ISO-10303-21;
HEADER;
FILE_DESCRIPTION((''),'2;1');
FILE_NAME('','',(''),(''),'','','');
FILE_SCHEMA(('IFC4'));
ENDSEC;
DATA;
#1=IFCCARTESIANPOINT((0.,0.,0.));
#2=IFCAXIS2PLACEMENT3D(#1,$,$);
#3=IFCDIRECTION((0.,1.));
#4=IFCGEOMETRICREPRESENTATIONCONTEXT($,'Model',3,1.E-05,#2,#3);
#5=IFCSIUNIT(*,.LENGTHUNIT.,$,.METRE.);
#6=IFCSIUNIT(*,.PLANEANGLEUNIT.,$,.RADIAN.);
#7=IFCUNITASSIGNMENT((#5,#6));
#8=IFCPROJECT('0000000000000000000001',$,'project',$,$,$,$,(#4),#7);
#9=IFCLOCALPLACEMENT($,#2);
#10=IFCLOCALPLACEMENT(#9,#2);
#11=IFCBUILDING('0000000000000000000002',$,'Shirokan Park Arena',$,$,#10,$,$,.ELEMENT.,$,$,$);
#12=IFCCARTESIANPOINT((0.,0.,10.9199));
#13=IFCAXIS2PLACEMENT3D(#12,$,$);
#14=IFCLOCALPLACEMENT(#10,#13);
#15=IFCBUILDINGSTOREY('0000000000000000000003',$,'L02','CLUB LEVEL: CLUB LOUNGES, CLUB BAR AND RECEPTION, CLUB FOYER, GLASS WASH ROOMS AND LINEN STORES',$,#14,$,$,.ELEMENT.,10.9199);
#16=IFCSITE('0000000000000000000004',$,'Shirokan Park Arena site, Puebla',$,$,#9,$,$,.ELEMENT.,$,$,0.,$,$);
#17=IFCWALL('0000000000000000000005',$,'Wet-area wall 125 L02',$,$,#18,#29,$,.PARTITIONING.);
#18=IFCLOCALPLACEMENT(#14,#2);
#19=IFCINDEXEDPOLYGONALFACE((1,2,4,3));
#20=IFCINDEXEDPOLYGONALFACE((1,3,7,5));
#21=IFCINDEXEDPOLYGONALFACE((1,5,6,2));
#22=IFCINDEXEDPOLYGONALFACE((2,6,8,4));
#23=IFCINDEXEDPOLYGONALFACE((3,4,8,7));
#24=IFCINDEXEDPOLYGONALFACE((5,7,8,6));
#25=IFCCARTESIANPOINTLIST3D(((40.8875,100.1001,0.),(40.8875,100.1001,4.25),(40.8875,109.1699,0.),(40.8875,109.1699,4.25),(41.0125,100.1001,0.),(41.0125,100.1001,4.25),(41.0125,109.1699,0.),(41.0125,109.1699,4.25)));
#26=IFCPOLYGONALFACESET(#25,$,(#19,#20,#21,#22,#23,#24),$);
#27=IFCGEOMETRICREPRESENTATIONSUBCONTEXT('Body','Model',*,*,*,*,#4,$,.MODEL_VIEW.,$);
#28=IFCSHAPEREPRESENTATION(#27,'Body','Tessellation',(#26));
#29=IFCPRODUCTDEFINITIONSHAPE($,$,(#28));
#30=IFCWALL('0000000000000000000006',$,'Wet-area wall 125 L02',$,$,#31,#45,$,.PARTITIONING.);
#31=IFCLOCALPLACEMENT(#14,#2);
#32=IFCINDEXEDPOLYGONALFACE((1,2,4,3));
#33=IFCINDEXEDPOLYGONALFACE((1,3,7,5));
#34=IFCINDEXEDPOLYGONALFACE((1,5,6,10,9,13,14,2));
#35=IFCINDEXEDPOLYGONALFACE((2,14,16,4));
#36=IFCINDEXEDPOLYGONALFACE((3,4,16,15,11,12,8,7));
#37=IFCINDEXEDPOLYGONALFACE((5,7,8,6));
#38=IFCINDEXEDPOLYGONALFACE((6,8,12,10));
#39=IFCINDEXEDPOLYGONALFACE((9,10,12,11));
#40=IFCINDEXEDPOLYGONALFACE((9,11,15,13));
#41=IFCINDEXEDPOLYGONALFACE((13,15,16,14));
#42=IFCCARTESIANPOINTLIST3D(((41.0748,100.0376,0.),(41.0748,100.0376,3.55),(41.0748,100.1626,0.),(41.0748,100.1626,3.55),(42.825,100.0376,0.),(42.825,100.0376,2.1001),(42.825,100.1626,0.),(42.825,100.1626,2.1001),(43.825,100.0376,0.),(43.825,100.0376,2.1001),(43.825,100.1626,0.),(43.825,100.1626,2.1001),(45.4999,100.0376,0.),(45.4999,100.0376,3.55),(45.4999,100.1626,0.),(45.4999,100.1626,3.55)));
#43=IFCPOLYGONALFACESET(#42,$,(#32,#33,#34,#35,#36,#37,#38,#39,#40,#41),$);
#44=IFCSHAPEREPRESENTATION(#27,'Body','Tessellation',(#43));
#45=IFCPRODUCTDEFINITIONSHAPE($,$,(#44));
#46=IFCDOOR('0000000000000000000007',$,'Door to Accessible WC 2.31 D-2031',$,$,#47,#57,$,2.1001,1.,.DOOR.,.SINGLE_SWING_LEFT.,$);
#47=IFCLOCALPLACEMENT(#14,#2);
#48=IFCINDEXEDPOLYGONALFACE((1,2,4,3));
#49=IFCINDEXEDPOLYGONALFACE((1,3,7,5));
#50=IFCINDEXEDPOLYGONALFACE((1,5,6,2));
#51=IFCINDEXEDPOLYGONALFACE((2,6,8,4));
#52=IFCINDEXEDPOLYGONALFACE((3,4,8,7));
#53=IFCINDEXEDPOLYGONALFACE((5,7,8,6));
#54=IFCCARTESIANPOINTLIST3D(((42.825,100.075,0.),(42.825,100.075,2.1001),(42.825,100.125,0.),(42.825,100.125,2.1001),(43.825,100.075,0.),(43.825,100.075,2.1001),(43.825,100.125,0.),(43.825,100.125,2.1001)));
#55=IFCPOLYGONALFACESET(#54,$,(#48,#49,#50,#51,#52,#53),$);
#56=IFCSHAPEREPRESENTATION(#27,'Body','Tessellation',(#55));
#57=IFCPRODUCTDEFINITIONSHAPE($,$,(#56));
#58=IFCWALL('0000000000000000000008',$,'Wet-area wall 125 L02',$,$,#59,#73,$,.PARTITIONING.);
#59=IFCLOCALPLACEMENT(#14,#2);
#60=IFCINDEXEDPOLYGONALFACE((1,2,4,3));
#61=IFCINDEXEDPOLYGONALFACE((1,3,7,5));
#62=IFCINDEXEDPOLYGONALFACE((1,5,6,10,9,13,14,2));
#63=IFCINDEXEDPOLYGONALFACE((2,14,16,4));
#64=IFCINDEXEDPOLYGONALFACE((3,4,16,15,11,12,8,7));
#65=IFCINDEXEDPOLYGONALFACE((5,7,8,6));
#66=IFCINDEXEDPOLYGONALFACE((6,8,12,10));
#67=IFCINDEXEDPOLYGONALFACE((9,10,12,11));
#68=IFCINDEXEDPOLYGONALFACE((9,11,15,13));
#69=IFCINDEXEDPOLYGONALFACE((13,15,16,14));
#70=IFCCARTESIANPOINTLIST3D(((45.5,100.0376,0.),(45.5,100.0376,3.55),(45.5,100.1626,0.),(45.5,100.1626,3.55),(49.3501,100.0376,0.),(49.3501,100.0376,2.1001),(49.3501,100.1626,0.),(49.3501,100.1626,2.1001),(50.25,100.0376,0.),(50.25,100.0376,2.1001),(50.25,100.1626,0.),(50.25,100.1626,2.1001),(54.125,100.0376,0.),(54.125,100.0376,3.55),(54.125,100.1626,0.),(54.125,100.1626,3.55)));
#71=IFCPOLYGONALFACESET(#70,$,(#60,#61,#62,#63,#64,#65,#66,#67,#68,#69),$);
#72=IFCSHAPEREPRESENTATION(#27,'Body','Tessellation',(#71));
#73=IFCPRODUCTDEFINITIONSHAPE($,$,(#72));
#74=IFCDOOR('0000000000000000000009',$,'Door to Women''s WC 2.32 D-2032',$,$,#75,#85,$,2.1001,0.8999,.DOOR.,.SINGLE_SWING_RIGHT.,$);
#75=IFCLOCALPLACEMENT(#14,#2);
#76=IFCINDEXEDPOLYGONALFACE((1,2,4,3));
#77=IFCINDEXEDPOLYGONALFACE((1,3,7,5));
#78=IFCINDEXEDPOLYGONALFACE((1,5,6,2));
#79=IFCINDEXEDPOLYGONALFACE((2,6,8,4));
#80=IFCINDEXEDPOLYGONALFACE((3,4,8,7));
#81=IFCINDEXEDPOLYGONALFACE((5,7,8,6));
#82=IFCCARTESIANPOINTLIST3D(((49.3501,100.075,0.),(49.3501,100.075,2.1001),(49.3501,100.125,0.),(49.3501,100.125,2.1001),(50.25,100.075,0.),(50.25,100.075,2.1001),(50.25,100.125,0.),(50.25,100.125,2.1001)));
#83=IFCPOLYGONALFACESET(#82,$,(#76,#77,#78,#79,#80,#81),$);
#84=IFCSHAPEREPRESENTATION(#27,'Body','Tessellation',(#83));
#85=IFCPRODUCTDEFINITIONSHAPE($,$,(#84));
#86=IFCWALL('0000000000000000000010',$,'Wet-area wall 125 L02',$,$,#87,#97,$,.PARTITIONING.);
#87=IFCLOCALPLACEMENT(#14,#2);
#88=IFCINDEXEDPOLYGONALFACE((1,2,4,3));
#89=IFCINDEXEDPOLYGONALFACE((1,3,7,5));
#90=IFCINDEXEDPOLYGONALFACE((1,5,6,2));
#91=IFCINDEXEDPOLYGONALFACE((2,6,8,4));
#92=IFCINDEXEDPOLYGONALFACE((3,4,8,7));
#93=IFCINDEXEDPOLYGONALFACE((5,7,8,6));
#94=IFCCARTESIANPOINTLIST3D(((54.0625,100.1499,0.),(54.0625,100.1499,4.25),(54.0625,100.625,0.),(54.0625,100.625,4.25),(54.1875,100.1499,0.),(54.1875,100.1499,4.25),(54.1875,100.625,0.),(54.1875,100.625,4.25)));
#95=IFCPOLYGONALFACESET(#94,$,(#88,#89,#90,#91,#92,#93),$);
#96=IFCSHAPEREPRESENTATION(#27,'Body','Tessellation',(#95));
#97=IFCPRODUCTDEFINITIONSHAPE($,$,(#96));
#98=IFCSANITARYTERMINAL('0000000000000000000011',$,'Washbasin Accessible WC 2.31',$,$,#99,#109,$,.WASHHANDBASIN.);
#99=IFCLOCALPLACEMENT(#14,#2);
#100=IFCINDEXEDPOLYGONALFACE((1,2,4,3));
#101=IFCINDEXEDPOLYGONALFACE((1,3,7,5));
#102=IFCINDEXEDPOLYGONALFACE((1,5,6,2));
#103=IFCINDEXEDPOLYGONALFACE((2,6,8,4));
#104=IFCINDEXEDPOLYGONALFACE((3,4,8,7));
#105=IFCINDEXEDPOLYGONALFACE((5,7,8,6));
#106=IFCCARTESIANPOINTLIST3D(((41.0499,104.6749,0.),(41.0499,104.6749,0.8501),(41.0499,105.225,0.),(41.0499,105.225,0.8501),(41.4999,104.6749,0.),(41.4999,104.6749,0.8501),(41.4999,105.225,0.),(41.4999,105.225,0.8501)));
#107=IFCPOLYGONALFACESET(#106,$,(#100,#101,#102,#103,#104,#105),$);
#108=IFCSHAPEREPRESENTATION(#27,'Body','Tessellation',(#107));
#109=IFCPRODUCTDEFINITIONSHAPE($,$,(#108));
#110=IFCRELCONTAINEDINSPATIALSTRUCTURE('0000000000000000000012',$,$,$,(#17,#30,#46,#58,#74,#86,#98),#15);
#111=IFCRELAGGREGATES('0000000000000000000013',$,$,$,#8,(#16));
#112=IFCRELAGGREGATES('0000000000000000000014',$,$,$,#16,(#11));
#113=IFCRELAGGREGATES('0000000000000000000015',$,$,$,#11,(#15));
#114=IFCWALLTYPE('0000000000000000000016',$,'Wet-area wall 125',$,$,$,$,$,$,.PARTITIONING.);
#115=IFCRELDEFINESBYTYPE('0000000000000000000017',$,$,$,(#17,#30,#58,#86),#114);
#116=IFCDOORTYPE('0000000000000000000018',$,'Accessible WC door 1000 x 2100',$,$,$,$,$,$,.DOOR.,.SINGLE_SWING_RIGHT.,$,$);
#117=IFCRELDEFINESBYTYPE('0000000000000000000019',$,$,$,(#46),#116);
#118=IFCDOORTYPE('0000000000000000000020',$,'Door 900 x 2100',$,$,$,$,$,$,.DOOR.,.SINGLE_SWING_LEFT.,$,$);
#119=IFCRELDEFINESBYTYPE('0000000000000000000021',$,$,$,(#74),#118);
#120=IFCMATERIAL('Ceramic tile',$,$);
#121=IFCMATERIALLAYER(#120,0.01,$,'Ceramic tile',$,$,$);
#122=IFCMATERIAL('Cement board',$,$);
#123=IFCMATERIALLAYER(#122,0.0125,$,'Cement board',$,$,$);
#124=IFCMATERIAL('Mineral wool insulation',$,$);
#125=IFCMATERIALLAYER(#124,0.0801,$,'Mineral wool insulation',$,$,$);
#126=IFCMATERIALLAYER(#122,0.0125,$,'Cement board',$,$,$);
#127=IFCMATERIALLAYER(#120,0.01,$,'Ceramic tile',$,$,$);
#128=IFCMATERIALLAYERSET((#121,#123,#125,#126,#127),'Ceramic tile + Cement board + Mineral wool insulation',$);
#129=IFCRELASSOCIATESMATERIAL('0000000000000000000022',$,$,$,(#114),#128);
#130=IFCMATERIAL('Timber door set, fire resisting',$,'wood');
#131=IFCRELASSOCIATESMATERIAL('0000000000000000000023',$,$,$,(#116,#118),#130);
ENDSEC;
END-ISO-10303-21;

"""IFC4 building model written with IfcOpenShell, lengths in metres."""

from ifc_helpers import new_model, si_unit, direction, frame, frame_2d, origin, origin_2d, place, context, subcontext, project, spatial, rectangle, extrude, material, layer, layer_set, type_object, element, fill, save


model = new_model("IFC4")

# Units and contexts
model_context = context("Model", 3, precision=1e-05, world=origin(), true_north=direction((0.0, 1.0)))
body_context = subcontext(model_context, "Body", "Model", "MODEL_VIEW")
ifc_project = project(units=[si_unit("LENGTHUNIT", "METRE"), si_unit("PLANEANGLEUNIT", "RADIAN")], contexts=[model_context])

# Site, building, storey
site_placement = place(None, origin())
site = spatial("IfcSite", under=ifc_project, at=site_placement, Name="Shirokan Park Arena site, Puebla", CompositionType="ELEMENT", RefElevation=0.0)
building_placement = place(site_placement, origin())
building = spatial("IfcBuilding", under=site, at=building_placement, Name="Shirokan Park Arena", CompositionType="ELEMENT")
storey_placement = place(building_placement, frame((0.0, 0.0, 10.9199)))
storey = spatial("IfcBuildingStorey", under=building, at=storey_placement, Name="L02", Description="CLUB LEVEL: CLUB LOUNGES, CLUB BAR AND RECEPTION, CLUB FOYER, GLASS WASH ROOMS AND LINEN STORES", CompositionType="ELEMENT", Elevation=10.9199)

# Shared definitions
ifc_material_1 = material(Name="Mineral wool insulation")

# Wall
ifc_material_2 = material(Name="Ceramic tile")
ifc_layer_1 = layer(ifc_material_2, 0.01, Name="Ceramic tile")
ifc_material_3 = material(Name="Cement board")
ifc_layer_2 = layer(ifc_material_3, 0.0125, Name="Cement board")
ifc_layer_3 = layer(ifc_material_1, 0.0801, Name="Mineral wool insulation")
ifc_layer_4 = layer(ifc_material_3, 0.0125, Name="Cement board")
ifc_layer_5 = layer(ifc_material_2, 0.01, Name="Ceramic tile")
ifc_layer_set_1 = layer_set([ifc_layer_1, ifc_layer_2, ifc_layer_3, ifc_layer_4, ifc_layer_5], Name="Ceramic tile + Cement board + Mineral wool insulation")
wall_type_1 = type_object("IfcWallType", Name="Wet-area wall 125", PredefinedType="PARTITIONING", material=ifc_layer_set_1)
wall_1_placement = place(storey_placement, frame((40.95, 100.1001, 0.0), z_axis=(0.0, 0.0, 1.0), x_axis=(0.0, 1.0, 0.0)))
element("IfcWall", 1, at=wall_1_placement, inside=storey, type_object=wall_type_1, Name="Wet-area wall 125 L02", PredefinedType="PARTITIONING", context=body_context, shape_type="SweptSolid", body=[
    extrude(rectangle(XDim=9.0698, YDim=0.125, at=frame_2d((4.5349, 0.0))), origin(), (0.0, 0.0, 1.0), 4.25),
])

# Walls, openings, doors
wall_2_placement = place(storey_placement, frame((41.075, 100.1001, 0.0), z_axis=(0.0, 0.0, 1.0), x_axis=(1.0, 0.0, 0.0)))
wall_2 = element("IfcWall", 2, at=wall_2_placement, inside=storey, type_object=wall_type_1, Name="Wet-area wall 125 L02", PredefinedType="PARTITIONING", context=body_context, shape_type="SweptSolid", body=[
    extrude(rectangle(XDim=4.425, YDim=0.125, at=frame_2d((2.2124, 0.0))), origin(), (0.0, 0.0, 1.0), 3.55),
])
opening_1_placement = place(wall_2_placement, frame((1.75, 0.0, 0.0)))
opening_1 = element("IfcOpeningElement", 3, at=opening_1_placement, cuts=wall_2, PredefinedType="OPENING", context=body_context, shape_type="SweptSolid", body=[
    extrude(rectangle(XDim=1.0, YDim=2.1001, at=frame_2d((0.5, 1.05))), frame((0.0, 0.0725, 0.0), z_axis=(0.0, -1.0, 0.0), x_axis=(1.0, 0.0, 0.0)), (0.0, 0.0, 1.0), 0.145),
])
ifc_material_4 = material(Name="Timber door set, fire resisting", Category="wood")
door_type_1 = type_object("IfcDoorType", Name="Accessible WC door 1000 x 2100", OperationType="SINGLE_SWING_RIGHT", PredefinedType="DOOR", material=ifc_material_4)
door_1_placement = place(opening_1_placement, origin())
door_1 = element("IfcDoor", 4, at=door_1_placement, inside=storey, type_object=door_type_1, Name="Door to Accessible WC 2.31 D-2031", OperationType="SINGLE_SWING_LEFT", OverallHeight=2.1001, OverallWidth=1.0, PredefinedType="DOOR", context=body_context, shape_type="SweptSolid", body=[
    extrude(rectangle(XDim=1.0, YDim=2.1001, at=frame_2d((0.5, 1.05))), frame((0.0, 0.0249, 0.0), z_axis=(0.0, -1.0, 0.0), x_axis=(1.0, 0.0, 0.0)), (0.0, 0.0, 1.0), 0.05),
])
fill(opening_1, door_1)
wall_3_placement = place(storey_placement, frame((45.5, 100.1001, 0.0), z_axis=(0.0, 0.0, 1.0), x_axis=(1.0, 0.0, 0.0)))
wall_3 = element("IfcWall", 5, at=wall_3_placement, inside=storey, type_object=wall_type_1, Name="Wet-area wall 125 L02", PredefinedType="PARTITIONING", context=body_context, shape_type="SweptSolid", body=[
    extrude(rectangle(XDim=8.625, YDim=0.125, at=frame_2d((4.3125, 0.0))), origin(), (0.0, 0.0, 1.0), 3.55),
])
opening_2_placement = place(wall_3_placement, frame((3.8501, 0.0, 0.0)))
opening_2 = element("IfcOpeningElement", 6, at=opening_2_placement, cuts=wall_3, PredefinedType="OPENING", context=body_context, shape_type="SweptSolid", body=[
    extrude(rectangle(XDim=0.8999, YDim=2.1001, at=frame_2d((0.45, 1.05))), frame((0.0, 0.0725, 0.0), z_axis=(0.0, -1.0, 0.0), x_axis=(1.0, 0.0, 0.0)), (0.0, 0.0, 1.0), 0.145),
])
door_type_2 = type_object("IfcDoorType", Name="Door 900 x 2100", OperationType="SINGLE_SWING_LEFT", PredefinedType="DOOR", material=ifc_material_4)
door_2_placement = place(opening_2_placement, origin())
door_2 = element("IfcDoor", 7, at=door_2_placement, inside=storey, type_object=door_type_2, Name="Door to Women's WC 2.32 D-2032", OperationType="SINGLE_SWING_RIGHT", OverallHeight=2.1001, OverallWidth=0.8999, PredefinedType="DOOR", context=body_context, shape_type="SweptSolid", body=[
    extrude(rectangle(XDim=0.8999, YDim=2.1001, at=frame_2d((0.45, 1.05))), frame((0.0, 0.0249, 0.0), z_axis=(0.0, -1.0, 0.0), x_axis=(1.0, 0.0, 0.0)), (0.0, 0.0, 1.0), 0.05),
])
fill(opening_2, door_2)

# Wall
wall_4_placement = place(storey_placement, frame((54.125, 100.1499, 0.0), z_axis=(0.0, 0.0, 1.0), x_axis=(0.0, 1.0, 0.0)))
element("IfcWall", 8, at=wall_4_placement, inside=storey, type_object=wall_type_1, Name="Wet-area wall 125 L02", PredefinedType="PARTITIONING", context=body_context, shape_type="SweptSolid", body=[
    extrude(rectangle(XDim=0.4751, YDim=0.125, at=frame_2d((0.2375, 0.0))), origin(), (0.0, 0.0, 1.0), 4.25),
])

# Sanitary terminal
sanitary_terminal_placement = place(storey_placement, frame((41.2749, 104.95, 0.0), z_axis=(0.0, 0.0, 1.0), x_axis=(1.0, 0.0, 0.0)))
element("IfcSanitaryTerminal", 9, at=sanitary_terminal_placement, inside=storey, Name="Washbasin Accessible WC 2.31", PredefinedType="WASHHANDBASIN", context=body_context, shape_type="SweptSolid", body=[
    extrude(rectangle(XDim=0.45, YDim=0.55, at=origin_2d()), origin(), (0.0, 0.0, 1.0), 0.8501),
])

save(model, "model.ifc")
